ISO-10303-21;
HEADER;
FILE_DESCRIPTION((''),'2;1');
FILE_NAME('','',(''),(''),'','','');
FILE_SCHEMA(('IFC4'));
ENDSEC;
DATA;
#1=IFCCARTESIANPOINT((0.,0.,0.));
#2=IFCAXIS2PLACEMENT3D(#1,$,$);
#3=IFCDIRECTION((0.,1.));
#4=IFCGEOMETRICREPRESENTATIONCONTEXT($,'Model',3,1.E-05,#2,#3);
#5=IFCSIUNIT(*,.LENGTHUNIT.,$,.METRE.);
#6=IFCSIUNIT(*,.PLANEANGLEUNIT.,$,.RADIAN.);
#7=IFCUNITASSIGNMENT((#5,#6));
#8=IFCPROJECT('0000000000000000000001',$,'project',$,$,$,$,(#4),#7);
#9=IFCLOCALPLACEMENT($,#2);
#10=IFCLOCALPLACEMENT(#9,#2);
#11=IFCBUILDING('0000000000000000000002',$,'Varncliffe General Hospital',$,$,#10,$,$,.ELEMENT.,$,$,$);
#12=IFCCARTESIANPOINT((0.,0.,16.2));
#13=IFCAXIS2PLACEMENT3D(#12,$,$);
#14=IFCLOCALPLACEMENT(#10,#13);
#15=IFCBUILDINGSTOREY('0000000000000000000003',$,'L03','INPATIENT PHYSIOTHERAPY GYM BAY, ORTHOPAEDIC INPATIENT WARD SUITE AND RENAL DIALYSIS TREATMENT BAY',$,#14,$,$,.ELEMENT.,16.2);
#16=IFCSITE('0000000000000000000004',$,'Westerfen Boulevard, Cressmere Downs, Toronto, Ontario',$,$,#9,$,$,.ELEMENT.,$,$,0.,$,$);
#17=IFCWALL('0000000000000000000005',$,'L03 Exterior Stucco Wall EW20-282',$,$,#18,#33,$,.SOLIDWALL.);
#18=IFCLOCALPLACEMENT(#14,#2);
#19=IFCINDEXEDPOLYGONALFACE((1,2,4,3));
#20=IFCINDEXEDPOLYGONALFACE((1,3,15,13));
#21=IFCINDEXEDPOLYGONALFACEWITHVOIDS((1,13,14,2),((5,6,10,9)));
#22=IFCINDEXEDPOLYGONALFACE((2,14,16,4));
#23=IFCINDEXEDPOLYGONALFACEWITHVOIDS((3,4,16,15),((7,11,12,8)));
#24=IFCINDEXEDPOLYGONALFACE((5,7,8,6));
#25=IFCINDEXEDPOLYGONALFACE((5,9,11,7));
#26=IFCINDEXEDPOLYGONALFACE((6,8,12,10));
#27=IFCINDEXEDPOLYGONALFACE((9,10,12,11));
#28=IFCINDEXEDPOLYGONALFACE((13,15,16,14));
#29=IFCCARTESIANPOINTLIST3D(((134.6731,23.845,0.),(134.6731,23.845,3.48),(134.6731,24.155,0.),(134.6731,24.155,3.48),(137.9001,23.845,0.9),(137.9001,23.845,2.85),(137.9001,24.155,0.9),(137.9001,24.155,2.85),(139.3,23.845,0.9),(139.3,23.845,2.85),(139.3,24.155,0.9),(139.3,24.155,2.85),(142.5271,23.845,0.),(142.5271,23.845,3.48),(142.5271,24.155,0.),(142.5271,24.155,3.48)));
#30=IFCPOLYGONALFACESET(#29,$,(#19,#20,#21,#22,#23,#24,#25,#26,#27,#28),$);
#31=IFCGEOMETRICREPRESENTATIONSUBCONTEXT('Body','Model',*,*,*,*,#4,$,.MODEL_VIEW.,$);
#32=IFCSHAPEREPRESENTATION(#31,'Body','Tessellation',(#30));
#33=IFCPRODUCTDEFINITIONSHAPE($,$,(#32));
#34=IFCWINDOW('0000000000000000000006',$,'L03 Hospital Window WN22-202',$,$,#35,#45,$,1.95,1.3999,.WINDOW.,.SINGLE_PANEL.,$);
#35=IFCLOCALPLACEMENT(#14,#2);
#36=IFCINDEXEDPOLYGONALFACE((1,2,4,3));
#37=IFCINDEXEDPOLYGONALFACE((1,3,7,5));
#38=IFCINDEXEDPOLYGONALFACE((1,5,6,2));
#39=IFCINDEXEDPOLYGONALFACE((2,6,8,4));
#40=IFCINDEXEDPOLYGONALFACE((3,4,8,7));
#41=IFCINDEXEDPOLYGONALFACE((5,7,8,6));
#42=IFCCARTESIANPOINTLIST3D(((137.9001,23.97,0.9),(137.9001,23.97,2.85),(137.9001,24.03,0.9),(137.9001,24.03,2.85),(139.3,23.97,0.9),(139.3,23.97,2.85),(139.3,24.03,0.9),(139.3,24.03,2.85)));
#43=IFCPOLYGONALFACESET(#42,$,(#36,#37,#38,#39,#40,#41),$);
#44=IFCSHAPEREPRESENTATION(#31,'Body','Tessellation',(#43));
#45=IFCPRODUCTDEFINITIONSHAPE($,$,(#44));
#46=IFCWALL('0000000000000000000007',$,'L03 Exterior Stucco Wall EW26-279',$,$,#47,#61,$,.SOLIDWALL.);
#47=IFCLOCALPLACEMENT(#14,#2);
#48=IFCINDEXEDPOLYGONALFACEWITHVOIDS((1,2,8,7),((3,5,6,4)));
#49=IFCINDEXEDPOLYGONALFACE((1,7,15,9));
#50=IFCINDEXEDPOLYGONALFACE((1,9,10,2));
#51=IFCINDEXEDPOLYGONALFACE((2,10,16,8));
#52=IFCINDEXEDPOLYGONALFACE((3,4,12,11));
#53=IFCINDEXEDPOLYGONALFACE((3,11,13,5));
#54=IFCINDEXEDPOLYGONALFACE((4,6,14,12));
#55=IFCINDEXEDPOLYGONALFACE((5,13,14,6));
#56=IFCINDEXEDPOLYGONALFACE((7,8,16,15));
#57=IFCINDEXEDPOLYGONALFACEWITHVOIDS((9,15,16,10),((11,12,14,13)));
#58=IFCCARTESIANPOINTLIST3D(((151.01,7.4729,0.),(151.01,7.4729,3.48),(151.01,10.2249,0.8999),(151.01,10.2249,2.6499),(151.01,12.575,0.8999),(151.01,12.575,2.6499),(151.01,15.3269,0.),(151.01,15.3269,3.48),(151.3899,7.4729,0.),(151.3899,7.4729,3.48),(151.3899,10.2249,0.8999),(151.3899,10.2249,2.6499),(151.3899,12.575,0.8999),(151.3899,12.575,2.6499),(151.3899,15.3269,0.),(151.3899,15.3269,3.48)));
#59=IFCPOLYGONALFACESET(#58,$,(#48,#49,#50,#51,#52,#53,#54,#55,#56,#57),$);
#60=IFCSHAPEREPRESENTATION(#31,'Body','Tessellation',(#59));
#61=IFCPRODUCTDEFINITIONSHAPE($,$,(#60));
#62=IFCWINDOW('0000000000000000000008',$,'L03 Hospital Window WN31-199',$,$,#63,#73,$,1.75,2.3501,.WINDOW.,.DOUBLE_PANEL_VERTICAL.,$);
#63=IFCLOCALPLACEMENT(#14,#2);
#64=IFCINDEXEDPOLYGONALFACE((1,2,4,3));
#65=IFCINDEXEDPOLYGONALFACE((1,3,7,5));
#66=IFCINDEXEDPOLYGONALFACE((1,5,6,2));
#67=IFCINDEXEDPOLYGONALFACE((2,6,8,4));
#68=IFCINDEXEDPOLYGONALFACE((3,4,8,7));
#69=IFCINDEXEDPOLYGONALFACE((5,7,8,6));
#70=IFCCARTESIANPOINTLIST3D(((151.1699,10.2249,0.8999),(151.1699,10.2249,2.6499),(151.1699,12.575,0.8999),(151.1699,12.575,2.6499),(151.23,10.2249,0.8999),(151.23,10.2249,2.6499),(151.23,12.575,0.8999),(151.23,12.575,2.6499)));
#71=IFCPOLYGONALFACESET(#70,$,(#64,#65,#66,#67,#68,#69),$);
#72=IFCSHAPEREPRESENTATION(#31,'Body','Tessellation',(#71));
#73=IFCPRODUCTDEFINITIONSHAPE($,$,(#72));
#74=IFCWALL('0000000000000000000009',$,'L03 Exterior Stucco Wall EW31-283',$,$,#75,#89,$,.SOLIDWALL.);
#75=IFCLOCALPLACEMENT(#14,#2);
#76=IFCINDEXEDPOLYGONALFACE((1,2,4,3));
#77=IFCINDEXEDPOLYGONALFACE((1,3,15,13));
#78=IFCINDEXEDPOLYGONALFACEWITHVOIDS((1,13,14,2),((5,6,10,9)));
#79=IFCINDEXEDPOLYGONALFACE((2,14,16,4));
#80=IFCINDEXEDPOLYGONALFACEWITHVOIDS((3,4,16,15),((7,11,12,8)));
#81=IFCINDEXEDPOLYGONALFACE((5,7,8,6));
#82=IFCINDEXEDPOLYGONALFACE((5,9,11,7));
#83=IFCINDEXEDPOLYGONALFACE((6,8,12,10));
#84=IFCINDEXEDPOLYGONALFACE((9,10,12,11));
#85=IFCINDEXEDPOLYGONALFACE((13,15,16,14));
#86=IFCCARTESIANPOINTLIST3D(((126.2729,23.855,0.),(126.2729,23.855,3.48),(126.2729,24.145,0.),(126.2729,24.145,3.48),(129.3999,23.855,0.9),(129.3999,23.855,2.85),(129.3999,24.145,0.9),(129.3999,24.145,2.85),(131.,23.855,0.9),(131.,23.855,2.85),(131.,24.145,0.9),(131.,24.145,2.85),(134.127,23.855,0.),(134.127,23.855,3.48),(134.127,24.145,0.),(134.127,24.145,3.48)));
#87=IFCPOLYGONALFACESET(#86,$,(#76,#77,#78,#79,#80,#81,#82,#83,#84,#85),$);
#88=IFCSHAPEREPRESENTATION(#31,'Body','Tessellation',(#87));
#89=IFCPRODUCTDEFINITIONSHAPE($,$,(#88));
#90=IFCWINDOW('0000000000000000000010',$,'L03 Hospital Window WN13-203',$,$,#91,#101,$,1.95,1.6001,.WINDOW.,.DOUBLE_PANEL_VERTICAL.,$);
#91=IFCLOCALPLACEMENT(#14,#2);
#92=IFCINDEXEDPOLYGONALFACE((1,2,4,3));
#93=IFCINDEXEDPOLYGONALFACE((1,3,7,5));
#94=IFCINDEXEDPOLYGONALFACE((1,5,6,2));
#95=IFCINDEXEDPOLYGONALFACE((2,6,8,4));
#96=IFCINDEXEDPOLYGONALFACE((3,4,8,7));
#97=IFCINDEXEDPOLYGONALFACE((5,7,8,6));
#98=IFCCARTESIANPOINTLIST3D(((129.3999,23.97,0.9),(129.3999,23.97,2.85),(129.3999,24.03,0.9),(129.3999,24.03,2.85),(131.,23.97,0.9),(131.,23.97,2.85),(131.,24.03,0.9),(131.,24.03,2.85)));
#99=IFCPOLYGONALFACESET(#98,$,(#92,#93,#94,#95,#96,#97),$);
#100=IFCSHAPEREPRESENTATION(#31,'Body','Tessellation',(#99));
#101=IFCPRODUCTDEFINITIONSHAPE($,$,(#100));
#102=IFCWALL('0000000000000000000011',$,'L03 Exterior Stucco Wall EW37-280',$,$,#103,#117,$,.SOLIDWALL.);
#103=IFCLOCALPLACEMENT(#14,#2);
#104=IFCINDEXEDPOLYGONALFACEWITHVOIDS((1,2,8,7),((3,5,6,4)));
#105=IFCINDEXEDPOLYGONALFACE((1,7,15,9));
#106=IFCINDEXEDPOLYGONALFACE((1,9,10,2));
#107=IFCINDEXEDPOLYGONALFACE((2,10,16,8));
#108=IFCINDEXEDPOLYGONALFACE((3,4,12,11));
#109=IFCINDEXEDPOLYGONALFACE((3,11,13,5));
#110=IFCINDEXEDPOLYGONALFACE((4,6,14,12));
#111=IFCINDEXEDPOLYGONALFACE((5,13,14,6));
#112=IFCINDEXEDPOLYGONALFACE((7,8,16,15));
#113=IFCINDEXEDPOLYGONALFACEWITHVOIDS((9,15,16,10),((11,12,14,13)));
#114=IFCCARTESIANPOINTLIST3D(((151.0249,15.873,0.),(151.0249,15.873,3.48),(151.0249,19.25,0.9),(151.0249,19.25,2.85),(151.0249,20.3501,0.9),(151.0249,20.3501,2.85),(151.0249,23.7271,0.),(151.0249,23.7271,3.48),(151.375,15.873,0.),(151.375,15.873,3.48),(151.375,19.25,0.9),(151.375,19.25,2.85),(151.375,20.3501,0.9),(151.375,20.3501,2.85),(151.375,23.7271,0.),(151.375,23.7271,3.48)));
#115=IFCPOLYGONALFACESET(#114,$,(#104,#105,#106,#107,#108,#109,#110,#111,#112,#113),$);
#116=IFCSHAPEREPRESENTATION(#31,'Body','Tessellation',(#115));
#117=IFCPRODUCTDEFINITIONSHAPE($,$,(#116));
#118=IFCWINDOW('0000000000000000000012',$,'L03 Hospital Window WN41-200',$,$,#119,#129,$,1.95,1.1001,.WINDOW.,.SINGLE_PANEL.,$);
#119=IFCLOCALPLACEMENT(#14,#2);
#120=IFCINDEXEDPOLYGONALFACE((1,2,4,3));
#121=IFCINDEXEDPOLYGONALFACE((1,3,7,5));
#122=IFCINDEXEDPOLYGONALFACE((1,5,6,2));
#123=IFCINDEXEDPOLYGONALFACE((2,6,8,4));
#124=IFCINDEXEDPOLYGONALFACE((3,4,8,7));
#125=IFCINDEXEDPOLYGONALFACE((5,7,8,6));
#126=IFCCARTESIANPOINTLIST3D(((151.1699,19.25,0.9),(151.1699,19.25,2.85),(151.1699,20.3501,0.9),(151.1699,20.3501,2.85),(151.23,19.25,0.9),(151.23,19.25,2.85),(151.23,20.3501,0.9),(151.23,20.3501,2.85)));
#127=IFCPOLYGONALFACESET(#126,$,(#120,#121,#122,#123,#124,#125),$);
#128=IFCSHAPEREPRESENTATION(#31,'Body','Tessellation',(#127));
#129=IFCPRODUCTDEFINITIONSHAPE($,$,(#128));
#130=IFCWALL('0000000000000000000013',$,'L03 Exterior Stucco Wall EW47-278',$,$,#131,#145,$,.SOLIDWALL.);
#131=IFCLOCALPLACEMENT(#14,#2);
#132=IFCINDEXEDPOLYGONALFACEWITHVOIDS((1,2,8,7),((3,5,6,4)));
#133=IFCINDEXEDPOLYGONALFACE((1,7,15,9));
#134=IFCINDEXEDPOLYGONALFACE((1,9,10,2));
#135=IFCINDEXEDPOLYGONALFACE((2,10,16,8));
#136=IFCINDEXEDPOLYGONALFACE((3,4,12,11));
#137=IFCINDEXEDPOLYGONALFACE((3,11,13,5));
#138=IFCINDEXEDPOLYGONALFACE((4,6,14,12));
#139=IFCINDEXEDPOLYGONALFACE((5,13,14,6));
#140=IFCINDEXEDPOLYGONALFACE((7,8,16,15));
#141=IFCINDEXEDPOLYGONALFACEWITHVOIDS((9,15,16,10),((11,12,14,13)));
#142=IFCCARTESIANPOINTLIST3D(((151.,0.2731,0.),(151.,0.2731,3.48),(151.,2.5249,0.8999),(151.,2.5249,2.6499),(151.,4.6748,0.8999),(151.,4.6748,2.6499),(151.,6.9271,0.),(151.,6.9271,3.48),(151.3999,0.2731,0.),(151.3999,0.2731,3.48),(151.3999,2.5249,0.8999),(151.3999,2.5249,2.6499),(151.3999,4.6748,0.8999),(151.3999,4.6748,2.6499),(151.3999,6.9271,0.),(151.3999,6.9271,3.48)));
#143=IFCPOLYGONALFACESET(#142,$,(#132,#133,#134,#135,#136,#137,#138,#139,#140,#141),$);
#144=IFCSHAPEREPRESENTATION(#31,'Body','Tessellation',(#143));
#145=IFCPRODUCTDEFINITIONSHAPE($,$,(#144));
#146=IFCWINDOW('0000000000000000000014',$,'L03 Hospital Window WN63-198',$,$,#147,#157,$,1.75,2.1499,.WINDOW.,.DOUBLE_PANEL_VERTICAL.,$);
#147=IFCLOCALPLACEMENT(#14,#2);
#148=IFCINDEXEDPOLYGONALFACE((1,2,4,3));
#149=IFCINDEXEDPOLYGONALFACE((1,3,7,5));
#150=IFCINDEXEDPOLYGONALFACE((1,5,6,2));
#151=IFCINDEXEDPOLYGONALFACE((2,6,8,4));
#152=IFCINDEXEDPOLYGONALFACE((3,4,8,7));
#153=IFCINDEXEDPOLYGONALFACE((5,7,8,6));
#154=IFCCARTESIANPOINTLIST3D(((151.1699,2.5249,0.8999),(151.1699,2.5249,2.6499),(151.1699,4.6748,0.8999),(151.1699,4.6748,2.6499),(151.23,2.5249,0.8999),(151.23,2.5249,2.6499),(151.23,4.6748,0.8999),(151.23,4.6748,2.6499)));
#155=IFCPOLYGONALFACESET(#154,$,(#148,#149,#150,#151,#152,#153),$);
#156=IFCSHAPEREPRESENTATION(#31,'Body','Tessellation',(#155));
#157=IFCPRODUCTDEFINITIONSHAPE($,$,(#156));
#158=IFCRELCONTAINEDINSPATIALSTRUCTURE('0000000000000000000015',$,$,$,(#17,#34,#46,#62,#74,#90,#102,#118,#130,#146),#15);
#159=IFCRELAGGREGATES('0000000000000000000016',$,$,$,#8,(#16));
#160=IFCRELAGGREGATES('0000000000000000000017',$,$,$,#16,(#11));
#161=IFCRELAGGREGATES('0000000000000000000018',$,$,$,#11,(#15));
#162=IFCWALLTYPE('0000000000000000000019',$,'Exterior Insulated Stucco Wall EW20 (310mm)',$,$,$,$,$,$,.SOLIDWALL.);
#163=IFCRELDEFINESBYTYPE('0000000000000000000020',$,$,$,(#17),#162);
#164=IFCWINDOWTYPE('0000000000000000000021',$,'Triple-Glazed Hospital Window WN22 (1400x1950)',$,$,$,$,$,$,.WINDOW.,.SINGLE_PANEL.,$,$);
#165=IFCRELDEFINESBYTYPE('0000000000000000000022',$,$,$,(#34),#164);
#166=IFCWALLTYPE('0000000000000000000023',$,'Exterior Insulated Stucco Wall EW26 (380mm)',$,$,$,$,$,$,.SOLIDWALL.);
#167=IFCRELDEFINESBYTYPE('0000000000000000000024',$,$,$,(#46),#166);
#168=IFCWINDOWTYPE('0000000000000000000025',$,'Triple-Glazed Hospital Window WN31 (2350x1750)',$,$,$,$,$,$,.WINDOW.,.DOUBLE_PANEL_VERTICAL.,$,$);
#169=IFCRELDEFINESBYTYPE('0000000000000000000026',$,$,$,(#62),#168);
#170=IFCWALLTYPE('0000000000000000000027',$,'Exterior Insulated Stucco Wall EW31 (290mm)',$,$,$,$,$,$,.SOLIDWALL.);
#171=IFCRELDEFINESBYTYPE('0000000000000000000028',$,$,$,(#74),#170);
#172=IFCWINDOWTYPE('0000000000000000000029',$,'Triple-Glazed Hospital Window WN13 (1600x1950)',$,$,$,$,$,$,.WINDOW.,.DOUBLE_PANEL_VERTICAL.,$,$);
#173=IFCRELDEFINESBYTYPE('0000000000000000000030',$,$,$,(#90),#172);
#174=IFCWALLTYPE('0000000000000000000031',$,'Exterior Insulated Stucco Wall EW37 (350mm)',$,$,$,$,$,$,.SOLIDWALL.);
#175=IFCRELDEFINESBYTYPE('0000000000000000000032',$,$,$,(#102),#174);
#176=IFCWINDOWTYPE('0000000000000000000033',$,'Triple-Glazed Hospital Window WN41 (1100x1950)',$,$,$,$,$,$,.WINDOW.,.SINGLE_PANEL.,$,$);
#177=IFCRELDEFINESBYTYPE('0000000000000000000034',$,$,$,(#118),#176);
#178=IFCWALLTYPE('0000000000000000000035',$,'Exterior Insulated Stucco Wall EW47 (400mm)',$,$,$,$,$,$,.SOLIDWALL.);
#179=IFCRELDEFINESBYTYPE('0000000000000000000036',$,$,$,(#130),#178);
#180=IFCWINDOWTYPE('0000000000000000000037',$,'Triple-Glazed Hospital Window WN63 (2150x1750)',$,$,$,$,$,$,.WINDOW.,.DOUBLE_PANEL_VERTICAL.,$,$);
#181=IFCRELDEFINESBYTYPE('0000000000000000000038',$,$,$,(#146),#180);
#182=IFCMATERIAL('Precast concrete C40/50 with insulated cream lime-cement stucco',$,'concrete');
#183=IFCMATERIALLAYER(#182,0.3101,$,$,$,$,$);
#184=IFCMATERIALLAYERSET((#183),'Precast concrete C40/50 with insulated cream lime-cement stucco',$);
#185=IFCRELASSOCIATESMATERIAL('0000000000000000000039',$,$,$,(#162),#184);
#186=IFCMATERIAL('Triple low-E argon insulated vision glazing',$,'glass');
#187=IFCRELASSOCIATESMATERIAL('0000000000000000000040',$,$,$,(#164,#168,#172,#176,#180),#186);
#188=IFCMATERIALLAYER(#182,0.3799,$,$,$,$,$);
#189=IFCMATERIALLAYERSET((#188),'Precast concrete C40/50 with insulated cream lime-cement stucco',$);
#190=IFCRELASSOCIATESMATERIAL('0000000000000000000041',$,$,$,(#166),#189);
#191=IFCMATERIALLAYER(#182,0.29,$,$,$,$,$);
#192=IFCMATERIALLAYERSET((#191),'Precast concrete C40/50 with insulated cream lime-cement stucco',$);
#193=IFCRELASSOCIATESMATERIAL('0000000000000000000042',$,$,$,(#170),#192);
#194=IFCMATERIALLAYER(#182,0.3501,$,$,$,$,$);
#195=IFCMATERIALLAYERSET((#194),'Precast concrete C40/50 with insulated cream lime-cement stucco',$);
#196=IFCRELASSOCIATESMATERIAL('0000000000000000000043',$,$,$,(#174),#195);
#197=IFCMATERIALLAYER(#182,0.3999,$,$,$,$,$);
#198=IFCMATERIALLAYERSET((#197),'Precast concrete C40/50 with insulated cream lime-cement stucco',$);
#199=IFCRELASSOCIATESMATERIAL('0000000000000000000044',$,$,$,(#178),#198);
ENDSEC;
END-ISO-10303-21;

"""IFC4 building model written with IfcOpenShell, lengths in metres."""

from ifc_helpers import new_model, si_unit, direction, frame, frame_2d, origin, place, context, subcontext, project, spatial, rectangle, extrude, material, layer, layer_set, type_object, element, fill, save


model = new_model("IFC4")

# Units and contexts
model_context = context("Model", 3, precision=1e-05, world=origin(), true_north=direction((0.0, 1.0)))
body_context = subcontext(model_context, "Body", "Model", "MODEL_VIEW")
ifc_project = project(units=[si_unit("LENGTHUNIT", "METRE"), si_unit("PLANEANGLEUNIT", "RADIAN")], contexts=[model_context])

# Site, building, storey
site_placement = place(None, origin())
site = spatial("IfcSite", under=ifc_project, at=site_placement, Name="Westerfen Boulevard, Cressmere Downs, Toronto, Ontario", CompositionType="ELEMENT", RefElevation=0.0)
building_placement = place(site_placement, origin())
building = spatial("IfcBuilding", under=site, at=building_placement, Name="Varncliffe General Hospital", CompositionType="ELEMENT")
storey_placement = place(building_placement, frame((0.0, 0.0, 16.2)))
storey = spatial("IfcBuildingStorey", under=building, at=storey_placement, Name="L03", Description="INPATIENT PHYSIOTHERAPY GYM BAY, ORTHOPAEDIC INPATIENT WARD SUITE AND RENAL DIALYSIS TREATMENT BAY", CompositionType="ELEMENT", Elevation=16.2)

# Walls, openings, windows
ifc_material_1 = material(Name="Precast concrete C40/50 with insulated cream lime-cement stucco", Category="concrete")
ifc_layer_1 = layer(ifc_material_1, 0.3101)
ifc_layer_set_1 = layer_set([ifc_layer_1], Name="Precast concrete C40/50 with insulated cream lime-cement stucco")
wall_type_1 = type_object("IfcWallType", Name="Exterior Insulated Stucco Wall EW20 (310mm)", PredefinedType="SOLIDWALL", material=ifc_layer_set_1)
wall_1_placement = place(storey_placement, frame((142.5271, 24.0, 0.0), z_axis=(0.0, 0.0, 1.0), x_axis=(-1.0, 0.0, 0.0)))
wall_1 = element("IfcWall", 1, at=wall_1_placement, inside=storey, type_object=wall_type_1, Name="L03 Exterior Stucco Wall EW20-282", PredefinedType="SOLIDWALL", context=body_context, shape_type="SweptSolid", body=[
    extrude(rectangle(XDim=7.854, YDim=0.3101, at=frame_2d((3.927, 0.0))), origin(), (0.0, 0.0, 1.0), 3.48),
])
opening_1_placement = place(wall_1_placement, frame((3.2271, 0.0, 0.8999)))
opening_1 = element("IfcOpeningElement", 2, at=opening_1_placement, cuts=wall_1, PredefinedType="OPENING", context=body_context, shape_type="SweptSolid", body=[
    extrude(rectangle(XDim=1.3999, YDim=1.95, at=frame_2d((0.7, 0.9751))), frame((0.0, 0.165, 0.0), z_axis=(0.0, -1.0, 0.0), x_axis=(1.0, 0.0, 0.0)), (0.0, 0.0, 1.0), 0.3301),
])
ifc_material_2 = material(Name="Triple low-E argon insulated vision glazing", Category="glass")
window_type_1 = type_object("IfcWindowType", Name="Triple-Glazed Hospital Window WN22 (1400x1950)", PartitioningType="SINGLE_PANEL", PredefinedType="WINDOW", material=ifc_material_2)
window_1_placement = place(opening_1_placement, origin())
window_1 = element("IfcWindow", 3, at=window_1_placement, inside=storey, type_object=window_type_1, Name="L03 Hospital Window WN22-202", OverallHeight=1.95, OverallWidth=1.3999, PartitioningType="SINGLE_PANEL", PredefinedType="WINDOW", context=body_context, shape_type="SweptSolid", body=[
    extrude(rectangle(XDim=1.3999, YDim=1.95, at=frame_2d((0.7, 0.9751))), frame((0.0, 0.03, 0.0), z_axis=(0.0, -1.0, 0.0), x_axis=(1.0, 0.0, 0.0)), (0.0, 0.0, 1.0), 0.0601),
])
fill(opening_1, window_1)
ifc_layer_2 = layer(ifc_material_1, 0.3799)
ifc_layer_set_2 = layer_set([ifc_layer_2], Name="Precast concrete C40/50 with insulated cream lime-cement stucco")
wall_type_2 = type_object("IfcWallType", Name="Exterior Insulated Stucco Wall EW26 (380mm)", PredefinedType="SOLIDWALL", material=ifc_layer_set_2)
wall_2_placement = place(storey_placement, frame((151.2, 7.4729, 0.0), z_axis=(0.0, 0.0, 1.0), x_axis=(0.0, 1.0, 0.0)))
wall_2 = element("IfcWall", 4, at=wall_2_placement, inside=storey, type_object=wall_type_2, Name="L03 Exterior Stucco Wall EW26-279", PredefinedType="SOLIDWALL", context=body_context, shape_type="SweptSolid", body=[
    extrude(rectangle(XDim=7.854, YDim=0.3799, at=frame_2d((3.927, 0.0))), origin(), (0.0, 0.0, 1.0), 3.48),
])
opening_2_placement = place(wall_2_placement, frame((2.752, 0.0, 0.8999)))
opening_2 = element("IfcOpeningElement", 5, at=opening_2_placement, cuts=wall_2, PredefinedType="OPENING", context=body_context, shape_type="SweptSolid", body=[
    extrude(rectangle(XDim=2.3501, YDim=1.75, at=frame_2d((1.175, 0.875))), frame((0.0, 0.2, 0.0), z_axis=(0.0, -1.0, 0.0), x_axis=(1.0, 0.0, 0.0)), (0.0, 0.0, 1.0), 0.3999),
])
window_type_2 = type_object("IfcWindowType", Name="Triple-Glazed Hospital Window WN31 (2350x1750)", PartitioningType="DOUBLE_PANEL_VERTICAL", PredefinedType="WINDOW", material=ifc_material_2)
window_2_placement = place(opening_2_placement, origin())
window_2 = element("IfcWindow", 6, at=window_2_placement, inside=storey, type_object=window_type_2, Name="L03 Hospital Window WN31-199", OverallHeight=1.75, OverallWidth=2.3501, PartitioningType="DOUBLE_PANEL_VERTICAL", PredefinedType="WINDOW", context=body_context, shape_type="SweptSolid", body=[
    extrude(rectangle(XDim=2.3501, YDim=1.75, at=frame_2d((1.175, 0.875))), frame((0.0, 0.03, 0.0), z_axis=(0.0, -1.0, 0.0), x_axis=(1.0, 0.0, 0.0)), (0.0, 0.0, 1.0), 0.0601),
])
fill(opening_2, window_2)
ifc_layer_3 = layer(ifc_material_1, 0.29)
ifc_layer_set_3 = layer_set([ifc_layer_3], Name="Precast concrete C40/50 with insulated cream lime-cement stucco")
wall_type_3 = type_object("IfcWallType", Name="Exterior Insulated Stucco Wall EW31 (290mm)", PredefinedType="SOLIDWALL", material=ifc_layer_set_3)
wall_3_placement = place(storey_placement, frame((134.127, 24.0, 0.0), z_axis=(0.0, 0.0, 1.0), x_axis=(-1.0, 0.0, 0.0)))
wall_3 = element("IfcWall", 7, at=wall_3_placement, inside=storey, type_object=wall_type_3, Name="L03 Exterior Stucco Wall EW31-283", PredefinedType="SOLIDWALL", context=body_context, shape_type="SweptSolid", body=[
    extrude(rectangle(XDim=7.854, YDim=0.29, at=frame_2d((3.927, 0.0))), origin(), (0.0, 0.0, 1.0), 3.48),
])
opening_3_placement = place(wall_3_placement, frame((3.127, 0.0, 0.8999)))
opening_3 = element("IfcOpeningElement", 8, at=opening_3_placement, cuts=wall_3, PredefinedType="OPENING", context=body_context, shape_type="SweptSolid", body=[
    extrude(rectangle(XDim=1.6001, YDim=1.95, at=frame_2d((0.8, 0.9751))), frame((0.0, 0.155, 0.0), z_axis=(0.0, -1.0, 0.0), x_axis=(1.0, 0.0, 0.0)), (0.0, 0.0, 1.0), 0.3101),
])
window_type_3 = type_object("IfcWindowType", Name="Triple-Glazed Hospital Window WN13 (1600x1950)", PartitioningType="DOUBLE_PANEL_VERTICAL", PredefinedType="WINDOW", material=ifc_material_2)
window_3_placement = place(opening_3_placement, origin())
window_3 = element("IfcWindow", 9, at=window_3_placement, inside=storey, type_object=window_type_3, Name="L03 Hospital Window WN13-203", OverallHeight=1.95, OverallWidth=1.6001, PartitioningType="DOUBLE_PANEL_VERTICAL", PredefinedType="WINDOW", context=body_context, shape_type="SweptSolid", body=[
    extrude(rectangle(XDim=1.6001, YDim=1.95, at=frame_2d((0.8, 0.9751))), frame((0.0, 0.03, 0.0), z_axis=(0.0, -1.0, 0.0), x_axis=(1.0, 0.0, 0.0)), (0.0, 0.0, 1.0), 0.0601),
])
fill(opening_3, window_3)
ifc_layer_4 = layer(ifc_material_1, 0.3501)
ifc_layer_set_4 = layer_set([ifc_layer_4], Name="Precast concrete C40/50 with insulated cream lime-cement stucco")
wall_type_4 = type_object("IfcWallType", Name="Exterior Insulated Stucco Wall EW37 (350mm)", PredefinedType="SOLIDWALL", material=ifc_layer_set_4)
wall_4_placement = place(storey_placement, frame((151.2, 15.873, 0.0), z_axis=(0.0, 0.0, 1.0), x_axis=(0.0, 1.0, 0.0)))
wall_4 = element("IfcWall", 10, at=wall_4_placement, inside=storey, type_object=wall_type_4, Name="L03 Exterior Stucco Wall EW37-280", PredefinedType="SOLIDWALL", context=body_context, shape_type="SweptSolid", body=[
    extrude(rectangle(XDim=7.854, YDim=0.3501, at=frame_2d((3.927, 0.0))), origin(), (0.0, 0.0, 1.0), 3.48),
])
opening_4_placement = place(wall_4_placement, frame((3.377, 0.0, 0.8999)))
opening_4 = element("IfcOpeningElement", 11, at=opening_4_placement, cuts=wall_4, PredefinedType="OPENING", context=body_context, shape_type="SweptSolid", body=[
    extrude(rectangle(XDim=1.1001, YDim=1.95, at=frame_2d((0.55, 0.9751))), frame((0.0, 0.1851, 0.0), z_axis=(0.0, -1.0, 0.0), x_axis=(1.0, 0.0, 0.0)), (0.0, 0.0, 1.0), 0.3701),
])
window_type_4 = type_object("IfcWindowType", Name="Triple-Glazed Hospital Window WN41 (1100x1950)", PartitioningType="SINGLE_PANEL", PredefinedType="WINDOW", material=ifc_material_2)
window_4_placement = place(opening_4_placement, origin())
window_4 = element("IfcWindow", 12, at=window_4_placement, inside=storey, type_object=window_type_4, Name="L03 Hospital Window WN41-200", OverallHeight=1.95, OverallWidth=1.1001, PartitioningType="SINGLE_PANEL", PredefinedType="WINDOW", context=body_context, shape_type="SweptSolid", body=[
    extrude(rectangle(XDim=1.1001, YDim=1.95, at=frame_2d((0.55, 0.9751))), frame((0.0, 0.03, 0.0), z_axis=(0.0, -1.0, 0.0), x_axis=(1.0, 0.0, 0.0)), (0.0, 0.0, 1.0), 0.0601),
])
fill(opening_4, window_4)
ifc_layer_5 = layer(ifc_material_1, 0.3999)
ifc_layer_set_5 = layer_set([ifc_layer_5], Name="Precast concrete C40/50 with insulated cream lime-cement stucco")
wall_type_5 = type_object("IfcWallType", Name="Exterior Insulated Stucco Wall EW47 (400mm)", PredefinedType="SOLIDWALL", material=ifc_layer_set_5)
wall_5_placement = place(storey_placement, frame((151.2, 0.2729, 0.0), z_axis=(0.0, 0.0, 1.0), x_axis=(0.0, 1.0, 0.0)))
wall_5 = element("IfcWall", 13, at=wall_5_placement, inside=storey, type_object=wall_type_5, Name="L03 Exterior Stucco Wall EW47-278", PredefinedType="SOLIDWALL", context=body_context, shape_type="SweptSolid", body=[
    extrude(rectangle(XDim=6.6541, YDim=0.3999, at=frame_2d((3.3271, 0.0))), origin(), (0.0, 0.0, 1.0), 3.48),
])
opening_5_placement = place(wall_5_placement, frame((2.252, 0.0, 0.8999)))
opening_5 = element("IfcOpeningElement", 14, at=opening_5_placement, cuts=wall_5, PredefinedType="OPENING", context=body_context, shape_type="SweptSolid", body=[
    extrude(rectangle(XDim=2.1499, YDim=1.75, at=frame_2d((1.075, 0.875))), frame((0.0, 0.21, 0.0), z_axis=(0.0, -1.0, 0.0), x_axis=(1.0, 0.0, 0.0)), (0.0, 0.0, 1.0), 0.4199),
])
window_type_5 = type_object("IfcWindowType", Name="Triple-Glazed Hospital Window WN63 (2150x1750)", PartitioningType="DOUBLE_PANEL_VERTICAL", PredefinedType="WINDOW", material=ifc_material_2)
window_5_placement = place(opening_5_placement, origin())
window_5 = element("IfcWindow", 15, at=window_5_placement, inside=storey, type_object=window_type_5, Name="L03 Hospital Window WN63-198", OverallHeight=1.75, OverallWidth=2.1499, PartitioningType="DOUBLE_PANEL_VERTICAL", PredefinedType="WINDOW", context=body_context, shape_type="SweptSolid", body=[
    extrude(rectangle(XDim=2.1499, YDim=1.75, at=frame_2d((1.075, 0.875))), frame((0.0, 0.03, 0.0), z_axis=(0.0, -1.0, 0.0), x_axis=(1.0, 0.0, 0.0)), (0.0, 0.0, 1.0), 0.0601),
])
fill(opening_5, window_5)

save(model, "model.ifc")
